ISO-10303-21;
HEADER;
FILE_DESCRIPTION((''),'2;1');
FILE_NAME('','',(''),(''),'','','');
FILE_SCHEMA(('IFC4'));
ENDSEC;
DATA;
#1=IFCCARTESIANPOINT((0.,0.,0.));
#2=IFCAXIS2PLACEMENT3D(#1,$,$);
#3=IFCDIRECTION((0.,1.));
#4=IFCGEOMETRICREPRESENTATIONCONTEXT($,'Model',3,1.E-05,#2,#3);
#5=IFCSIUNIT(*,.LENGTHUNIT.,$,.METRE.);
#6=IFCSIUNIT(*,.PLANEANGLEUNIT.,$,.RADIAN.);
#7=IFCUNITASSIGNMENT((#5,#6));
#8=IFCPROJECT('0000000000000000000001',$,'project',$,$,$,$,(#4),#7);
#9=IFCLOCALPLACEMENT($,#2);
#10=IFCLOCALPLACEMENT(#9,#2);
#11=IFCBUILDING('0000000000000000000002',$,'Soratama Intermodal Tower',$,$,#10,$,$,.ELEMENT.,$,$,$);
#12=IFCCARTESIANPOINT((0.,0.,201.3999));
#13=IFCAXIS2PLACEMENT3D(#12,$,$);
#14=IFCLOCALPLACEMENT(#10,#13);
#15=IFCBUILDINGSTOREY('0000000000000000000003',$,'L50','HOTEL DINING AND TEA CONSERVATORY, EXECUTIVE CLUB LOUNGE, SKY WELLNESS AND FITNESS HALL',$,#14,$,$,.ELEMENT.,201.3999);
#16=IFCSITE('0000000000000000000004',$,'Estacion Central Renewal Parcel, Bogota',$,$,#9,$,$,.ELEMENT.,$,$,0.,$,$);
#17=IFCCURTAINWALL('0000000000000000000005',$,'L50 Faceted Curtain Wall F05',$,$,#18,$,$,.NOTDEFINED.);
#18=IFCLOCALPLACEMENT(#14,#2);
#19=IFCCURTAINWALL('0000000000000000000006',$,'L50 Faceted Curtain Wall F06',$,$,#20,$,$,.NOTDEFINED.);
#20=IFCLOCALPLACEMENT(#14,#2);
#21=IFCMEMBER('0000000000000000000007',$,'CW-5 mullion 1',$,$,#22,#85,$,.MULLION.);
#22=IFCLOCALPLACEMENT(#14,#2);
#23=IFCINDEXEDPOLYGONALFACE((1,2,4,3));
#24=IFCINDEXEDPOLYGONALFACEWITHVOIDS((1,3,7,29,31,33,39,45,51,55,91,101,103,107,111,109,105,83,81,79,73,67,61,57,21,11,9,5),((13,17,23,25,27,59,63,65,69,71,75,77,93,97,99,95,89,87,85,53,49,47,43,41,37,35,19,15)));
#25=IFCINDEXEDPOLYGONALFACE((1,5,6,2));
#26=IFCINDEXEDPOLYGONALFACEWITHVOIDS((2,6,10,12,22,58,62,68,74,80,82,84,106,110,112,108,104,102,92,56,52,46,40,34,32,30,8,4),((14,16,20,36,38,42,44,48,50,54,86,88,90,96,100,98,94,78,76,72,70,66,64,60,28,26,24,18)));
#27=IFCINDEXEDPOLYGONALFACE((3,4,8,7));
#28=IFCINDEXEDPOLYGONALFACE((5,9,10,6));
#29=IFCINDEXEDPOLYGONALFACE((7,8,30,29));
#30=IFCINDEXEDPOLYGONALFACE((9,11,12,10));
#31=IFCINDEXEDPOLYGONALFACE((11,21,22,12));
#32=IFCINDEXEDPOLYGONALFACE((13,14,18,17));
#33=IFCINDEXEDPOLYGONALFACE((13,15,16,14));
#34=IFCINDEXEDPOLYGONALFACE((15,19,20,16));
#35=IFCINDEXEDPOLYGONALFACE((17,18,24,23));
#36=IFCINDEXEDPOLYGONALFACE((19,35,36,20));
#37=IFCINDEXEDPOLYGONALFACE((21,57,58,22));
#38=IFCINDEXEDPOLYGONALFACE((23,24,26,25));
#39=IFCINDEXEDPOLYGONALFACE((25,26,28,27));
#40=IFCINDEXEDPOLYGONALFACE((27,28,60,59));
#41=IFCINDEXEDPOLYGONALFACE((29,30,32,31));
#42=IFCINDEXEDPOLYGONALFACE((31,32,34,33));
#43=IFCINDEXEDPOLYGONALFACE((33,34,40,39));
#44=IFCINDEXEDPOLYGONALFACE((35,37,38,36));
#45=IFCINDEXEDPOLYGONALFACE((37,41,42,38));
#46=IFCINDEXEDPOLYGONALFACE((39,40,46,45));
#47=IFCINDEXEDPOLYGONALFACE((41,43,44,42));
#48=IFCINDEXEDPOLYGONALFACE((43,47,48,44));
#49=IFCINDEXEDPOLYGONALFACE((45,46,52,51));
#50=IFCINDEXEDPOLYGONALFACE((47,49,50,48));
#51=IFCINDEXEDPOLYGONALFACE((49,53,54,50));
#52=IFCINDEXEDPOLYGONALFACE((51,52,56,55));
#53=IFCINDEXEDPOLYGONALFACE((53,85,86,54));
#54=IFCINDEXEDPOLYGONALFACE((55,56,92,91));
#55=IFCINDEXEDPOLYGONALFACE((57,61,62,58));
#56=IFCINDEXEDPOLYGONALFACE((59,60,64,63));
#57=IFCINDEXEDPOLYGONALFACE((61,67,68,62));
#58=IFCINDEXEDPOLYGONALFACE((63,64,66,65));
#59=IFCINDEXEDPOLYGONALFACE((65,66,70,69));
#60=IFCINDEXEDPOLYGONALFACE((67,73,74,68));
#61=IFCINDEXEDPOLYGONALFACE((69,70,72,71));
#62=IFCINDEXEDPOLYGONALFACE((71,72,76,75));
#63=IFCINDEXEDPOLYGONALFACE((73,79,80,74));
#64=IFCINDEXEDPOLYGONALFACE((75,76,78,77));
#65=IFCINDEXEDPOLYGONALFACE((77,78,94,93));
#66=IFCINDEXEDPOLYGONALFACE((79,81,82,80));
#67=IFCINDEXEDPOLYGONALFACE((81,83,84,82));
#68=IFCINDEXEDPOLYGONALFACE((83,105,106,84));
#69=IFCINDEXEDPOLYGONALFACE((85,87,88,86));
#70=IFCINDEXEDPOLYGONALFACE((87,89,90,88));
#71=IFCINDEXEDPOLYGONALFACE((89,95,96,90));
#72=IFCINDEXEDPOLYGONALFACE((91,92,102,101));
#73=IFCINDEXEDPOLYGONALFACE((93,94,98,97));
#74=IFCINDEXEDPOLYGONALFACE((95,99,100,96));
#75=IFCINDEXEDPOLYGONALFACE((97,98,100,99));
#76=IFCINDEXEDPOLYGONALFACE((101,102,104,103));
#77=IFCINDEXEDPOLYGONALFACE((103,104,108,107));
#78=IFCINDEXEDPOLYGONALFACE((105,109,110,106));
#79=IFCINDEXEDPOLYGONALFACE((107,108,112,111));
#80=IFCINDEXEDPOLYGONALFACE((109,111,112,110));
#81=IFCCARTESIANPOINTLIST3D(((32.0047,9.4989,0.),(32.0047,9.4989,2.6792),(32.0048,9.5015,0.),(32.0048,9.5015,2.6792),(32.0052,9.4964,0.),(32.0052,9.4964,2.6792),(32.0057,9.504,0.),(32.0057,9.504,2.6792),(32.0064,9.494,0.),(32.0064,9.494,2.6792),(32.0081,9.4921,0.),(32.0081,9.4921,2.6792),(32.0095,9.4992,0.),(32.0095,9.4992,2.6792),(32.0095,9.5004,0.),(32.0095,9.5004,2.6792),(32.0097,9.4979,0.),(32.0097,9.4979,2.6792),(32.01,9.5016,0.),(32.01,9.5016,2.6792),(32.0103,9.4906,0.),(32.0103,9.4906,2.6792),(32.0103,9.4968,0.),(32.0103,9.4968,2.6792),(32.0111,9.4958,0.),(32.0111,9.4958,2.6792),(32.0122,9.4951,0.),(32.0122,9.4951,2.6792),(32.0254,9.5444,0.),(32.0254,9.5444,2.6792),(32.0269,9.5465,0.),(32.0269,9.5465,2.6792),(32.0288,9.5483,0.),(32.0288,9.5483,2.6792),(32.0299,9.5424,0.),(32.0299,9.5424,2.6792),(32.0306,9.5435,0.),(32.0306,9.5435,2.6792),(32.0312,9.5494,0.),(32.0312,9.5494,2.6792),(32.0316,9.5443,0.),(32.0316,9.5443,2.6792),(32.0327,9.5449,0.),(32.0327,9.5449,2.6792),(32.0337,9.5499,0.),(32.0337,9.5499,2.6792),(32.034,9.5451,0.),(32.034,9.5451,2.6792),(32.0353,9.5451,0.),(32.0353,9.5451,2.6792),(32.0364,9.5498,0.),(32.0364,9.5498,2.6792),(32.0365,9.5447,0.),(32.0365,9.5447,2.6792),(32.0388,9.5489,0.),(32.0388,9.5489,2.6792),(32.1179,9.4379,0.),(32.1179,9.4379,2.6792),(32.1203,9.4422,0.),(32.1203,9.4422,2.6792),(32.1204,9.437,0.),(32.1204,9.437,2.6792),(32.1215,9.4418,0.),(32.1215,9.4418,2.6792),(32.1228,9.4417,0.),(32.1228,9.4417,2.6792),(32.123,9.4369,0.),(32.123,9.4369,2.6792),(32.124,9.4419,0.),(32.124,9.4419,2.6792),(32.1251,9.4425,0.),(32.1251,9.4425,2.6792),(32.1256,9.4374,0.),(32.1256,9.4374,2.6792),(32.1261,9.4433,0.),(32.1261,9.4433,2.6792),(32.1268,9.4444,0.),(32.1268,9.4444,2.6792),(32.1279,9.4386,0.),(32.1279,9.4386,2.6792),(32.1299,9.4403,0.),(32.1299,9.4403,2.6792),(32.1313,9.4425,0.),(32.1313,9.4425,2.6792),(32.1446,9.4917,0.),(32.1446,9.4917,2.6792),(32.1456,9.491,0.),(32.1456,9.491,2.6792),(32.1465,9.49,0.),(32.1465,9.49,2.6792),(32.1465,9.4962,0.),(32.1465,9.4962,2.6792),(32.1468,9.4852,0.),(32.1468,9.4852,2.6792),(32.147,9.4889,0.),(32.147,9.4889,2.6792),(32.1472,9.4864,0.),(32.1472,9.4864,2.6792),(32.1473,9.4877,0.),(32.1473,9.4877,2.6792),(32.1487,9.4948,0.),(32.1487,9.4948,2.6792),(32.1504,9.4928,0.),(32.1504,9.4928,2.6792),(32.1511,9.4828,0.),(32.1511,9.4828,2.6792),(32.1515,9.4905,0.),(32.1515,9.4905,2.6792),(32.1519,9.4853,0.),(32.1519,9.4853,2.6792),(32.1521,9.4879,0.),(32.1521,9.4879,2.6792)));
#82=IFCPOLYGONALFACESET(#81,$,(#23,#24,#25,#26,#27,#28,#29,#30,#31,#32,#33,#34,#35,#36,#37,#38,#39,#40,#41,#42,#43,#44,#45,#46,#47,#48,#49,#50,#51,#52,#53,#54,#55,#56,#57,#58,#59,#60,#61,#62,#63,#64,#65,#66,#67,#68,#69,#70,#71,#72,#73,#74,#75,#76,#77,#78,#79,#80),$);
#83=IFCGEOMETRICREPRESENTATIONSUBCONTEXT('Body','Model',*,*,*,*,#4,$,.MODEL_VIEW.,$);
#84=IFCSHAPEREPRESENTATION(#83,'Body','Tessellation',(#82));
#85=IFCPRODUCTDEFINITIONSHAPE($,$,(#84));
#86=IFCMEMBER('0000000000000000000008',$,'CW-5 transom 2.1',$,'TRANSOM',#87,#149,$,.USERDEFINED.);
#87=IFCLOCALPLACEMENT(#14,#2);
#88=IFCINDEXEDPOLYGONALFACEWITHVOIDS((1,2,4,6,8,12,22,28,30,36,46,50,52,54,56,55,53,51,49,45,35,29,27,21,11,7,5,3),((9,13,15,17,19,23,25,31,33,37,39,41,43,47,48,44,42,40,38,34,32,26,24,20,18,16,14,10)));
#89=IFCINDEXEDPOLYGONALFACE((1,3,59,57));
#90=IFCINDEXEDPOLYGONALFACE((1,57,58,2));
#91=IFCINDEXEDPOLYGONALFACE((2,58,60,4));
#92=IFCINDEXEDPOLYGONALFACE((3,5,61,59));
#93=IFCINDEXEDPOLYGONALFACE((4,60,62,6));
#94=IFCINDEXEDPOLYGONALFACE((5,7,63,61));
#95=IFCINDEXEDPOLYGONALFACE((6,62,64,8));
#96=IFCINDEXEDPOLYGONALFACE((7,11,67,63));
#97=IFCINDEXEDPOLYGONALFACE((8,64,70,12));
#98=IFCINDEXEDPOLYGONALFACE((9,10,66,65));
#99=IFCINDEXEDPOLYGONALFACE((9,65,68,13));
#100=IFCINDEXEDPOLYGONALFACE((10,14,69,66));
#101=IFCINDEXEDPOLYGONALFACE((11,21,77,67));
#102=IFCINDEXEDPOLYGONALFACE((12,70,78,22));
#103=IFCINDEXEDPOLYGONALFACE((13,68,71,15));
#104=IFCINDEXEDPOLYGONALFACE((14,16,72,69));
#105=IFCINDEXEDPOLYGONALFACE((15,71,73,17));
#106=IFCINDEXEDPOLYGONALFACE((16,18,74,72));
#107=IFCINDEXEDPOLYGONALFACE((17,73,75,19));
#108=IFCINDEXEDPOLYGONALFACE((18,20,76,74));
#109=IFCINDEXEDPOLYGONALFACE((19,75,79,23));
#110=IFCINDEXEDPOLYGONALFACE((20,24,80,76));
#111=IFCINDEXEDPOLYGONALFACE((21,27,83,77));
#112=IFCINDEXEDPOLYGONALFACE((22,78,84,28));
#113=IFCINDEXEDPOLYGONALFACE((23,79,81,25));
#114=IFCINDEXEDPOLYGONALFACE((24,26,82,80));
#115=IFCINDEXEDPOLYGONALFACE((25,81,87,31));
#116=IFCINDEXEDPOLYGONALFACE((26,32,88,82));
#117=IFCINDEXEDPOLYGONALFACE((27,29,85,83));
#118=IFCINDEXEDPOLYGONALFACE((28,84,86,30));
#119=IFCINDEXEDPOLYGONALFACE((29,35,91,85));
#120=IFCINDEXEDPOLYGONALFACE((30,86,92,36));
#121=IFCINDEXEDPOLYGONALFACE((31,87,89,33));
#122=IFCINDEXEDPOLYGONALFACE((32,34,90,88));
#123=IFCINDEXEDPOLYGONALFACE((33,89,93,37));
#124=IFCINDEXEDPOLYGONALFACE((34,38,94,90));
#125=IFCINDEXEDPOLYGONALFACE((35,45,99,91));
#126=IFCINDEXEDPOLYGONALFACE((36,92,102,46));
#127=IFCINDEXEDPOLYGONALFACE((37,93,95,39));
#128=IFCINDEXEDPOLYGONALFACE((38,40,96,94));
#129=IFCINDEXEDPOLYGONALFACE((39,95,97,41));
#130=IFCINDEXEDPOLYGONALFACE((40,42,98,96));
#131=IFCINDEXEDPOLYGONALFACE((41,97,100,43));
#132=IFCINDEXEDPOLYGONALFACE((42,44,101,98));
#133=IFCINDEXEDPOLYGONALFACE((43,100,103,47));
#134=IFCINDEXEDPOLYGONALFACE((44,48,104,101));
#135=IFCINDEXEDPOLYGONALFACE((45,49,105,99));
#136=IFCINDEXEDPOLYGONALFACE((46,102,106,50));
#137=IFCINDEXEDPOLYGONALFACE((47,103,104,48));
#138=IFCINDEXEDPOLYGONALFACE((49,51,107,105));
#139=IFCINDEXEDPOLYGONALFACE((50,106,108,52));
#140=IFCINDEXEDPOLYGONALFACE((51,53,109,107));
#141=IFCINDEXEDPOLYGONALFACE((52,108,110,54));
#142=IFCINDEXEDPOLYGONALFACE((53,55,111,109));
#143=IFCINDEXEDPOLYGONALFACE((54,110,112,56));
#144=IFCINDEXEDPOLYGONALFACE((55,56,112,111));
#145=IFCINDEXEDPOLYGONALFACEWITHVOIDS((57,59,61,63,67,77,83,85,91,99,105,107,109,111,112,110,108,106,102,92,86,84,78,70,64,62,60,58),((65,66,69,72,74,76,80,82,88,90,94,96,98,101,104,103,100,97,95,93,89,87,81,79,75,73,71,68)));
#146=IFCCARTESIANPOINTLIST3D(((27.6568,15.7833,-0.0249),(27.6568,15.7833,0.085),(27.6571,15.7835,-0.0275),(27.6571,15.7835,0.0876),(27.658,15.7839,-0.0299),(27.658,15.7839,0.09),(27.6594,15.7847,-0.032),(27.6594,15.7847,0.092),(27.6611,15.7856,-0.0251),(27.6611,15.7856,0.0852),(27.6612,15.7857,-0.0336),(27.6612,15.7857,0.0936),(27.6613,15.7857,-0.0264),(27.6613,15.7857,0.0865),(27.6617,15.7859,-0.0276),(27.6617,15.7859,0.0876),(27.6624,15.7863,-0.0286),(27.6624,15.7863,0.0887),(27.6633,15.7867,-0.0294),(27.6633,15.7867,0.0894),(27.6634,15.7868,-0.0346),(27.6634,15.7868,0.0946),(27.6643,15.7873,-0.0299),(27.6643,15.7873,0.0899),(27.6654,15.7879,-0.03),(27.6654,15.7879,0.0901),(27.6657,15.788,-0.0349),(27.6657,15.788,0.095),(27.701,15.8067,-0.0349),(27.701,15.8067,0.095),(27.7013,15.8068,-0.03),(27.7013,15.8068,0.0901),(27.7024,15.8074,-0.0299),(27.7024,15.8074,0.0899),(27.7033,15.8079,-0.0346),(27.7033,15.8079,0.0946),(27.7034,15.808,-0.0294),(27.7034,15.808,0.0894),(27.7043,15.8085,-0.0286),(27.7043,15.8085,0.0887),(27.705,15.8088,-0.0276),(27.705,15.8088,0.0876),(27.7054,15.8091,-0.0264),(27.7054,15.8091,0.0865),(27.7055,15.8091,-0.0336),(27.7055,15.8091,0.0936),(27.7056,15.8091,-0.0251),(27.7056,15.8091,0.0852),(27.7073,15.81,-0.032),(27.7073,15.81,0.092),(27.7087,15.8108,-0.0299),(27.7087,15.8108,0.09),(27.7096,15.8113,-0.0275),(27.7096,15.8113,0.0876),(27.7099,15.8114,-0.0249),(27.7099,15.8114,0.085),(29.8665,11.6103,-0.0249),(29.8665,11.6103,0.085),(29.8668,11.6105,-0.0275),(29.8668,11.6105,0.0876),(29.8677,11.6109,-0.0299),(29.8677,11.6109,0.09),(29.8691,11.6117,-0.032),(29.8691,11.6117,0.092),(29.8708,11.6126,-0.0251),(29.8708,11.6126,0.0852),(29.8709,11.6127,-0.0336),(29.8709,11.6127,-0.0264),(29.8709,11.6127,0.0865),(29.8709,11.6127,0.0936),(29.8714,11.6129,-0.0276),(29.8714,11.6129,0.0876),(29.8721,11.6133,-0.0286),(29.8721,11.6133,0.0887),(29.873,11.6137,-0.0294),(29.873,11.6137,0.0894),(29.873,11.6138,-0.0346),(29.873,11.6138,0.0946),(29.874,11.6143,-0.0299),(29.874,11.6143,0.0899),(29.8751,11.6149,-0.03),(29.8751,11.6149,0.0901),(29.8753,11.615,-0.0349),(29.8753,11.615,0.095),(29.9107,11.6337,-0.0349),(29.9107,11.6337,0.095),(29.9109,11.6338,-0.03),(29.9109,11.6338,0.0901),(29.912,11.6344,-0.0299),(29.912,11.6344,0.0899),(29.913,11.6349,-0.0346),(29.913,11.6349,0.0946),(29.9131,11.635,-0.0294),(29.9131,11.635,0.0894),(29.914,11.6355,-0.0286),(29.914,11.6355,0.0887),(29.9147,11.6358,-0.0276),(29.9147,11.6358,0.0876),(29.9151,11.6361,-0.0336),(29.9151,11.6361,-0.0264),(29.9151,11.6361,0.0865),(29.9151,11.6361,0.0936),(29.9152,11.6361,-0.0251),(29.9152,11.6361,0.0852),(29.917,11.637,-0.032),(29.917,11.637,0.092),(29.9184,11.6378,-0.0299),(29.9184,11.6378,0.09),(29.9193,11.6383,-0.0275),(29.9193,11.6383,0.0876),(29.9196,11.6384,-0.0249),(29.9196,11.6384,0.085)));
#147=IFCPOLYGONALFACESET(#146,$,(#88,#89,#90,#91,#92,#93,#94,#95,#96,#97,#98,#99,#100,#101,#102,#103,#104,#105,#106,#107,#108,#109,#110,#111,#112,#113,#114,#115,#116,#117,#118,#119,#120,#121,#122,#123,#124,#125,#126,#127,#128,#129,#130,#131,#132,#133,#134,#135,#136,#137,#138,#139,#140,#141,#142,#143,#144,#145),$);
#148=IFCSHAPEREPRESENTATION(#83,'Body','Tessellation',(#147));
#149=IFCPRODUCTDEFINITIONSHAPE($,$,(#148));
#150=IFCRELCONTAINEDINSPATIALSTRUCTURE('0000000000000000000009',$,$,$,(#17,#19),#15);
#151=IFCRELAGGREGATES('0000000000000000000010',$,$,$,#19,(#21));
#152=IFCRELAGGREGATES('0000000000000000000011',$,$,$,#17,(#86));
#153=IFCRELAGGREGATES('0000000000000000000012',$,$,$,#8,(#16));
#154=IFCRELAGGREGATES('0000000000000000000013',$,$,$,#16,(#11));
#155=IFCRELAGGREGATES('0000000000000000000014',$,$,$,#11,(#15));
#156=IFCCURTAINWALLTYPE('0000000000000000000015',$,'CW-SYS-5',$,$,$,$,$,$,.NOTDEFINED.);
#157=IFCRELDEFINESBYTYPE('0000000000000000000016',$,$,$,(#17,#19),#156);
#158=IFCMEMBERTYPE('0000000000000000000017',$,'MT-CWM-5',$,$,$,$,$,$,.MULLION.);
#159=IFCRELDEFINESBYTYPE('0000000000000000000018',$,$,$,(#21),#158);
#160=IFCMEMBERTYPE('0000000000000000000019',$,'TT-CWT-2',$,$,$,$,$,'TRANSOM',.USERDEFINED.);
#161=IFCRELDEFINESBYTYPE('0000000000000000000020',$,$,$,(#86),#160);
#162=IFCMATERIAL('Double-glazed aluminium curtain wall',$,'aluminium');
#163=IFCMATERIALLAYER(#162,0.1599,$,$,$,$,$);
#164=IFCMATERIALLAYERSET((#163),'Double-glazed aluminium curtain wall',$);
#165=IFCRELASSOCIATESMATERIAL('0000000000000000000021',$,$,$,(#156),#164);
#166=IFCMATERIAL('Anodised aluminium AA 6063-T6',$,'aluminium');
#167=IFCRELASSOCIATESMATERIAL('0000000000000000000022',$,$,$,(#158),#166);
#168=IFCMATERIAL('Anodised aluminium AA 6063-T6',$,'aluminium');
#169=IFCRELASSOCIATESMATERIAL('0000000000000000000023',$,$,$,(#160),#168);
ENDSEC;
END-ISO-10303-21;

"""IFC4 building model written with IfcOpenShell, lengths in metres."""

from ifc_helpers import new_model, si_unit, direction, frame, origin, origin_2d, place, context, subcontext, project, spatial, hollow_rectangle, extrude, material, layer, layer_set, material_profile, profile_set, type_object, element, aggregate, save


model = new_model("IFC4")

# Units and contexts
model_context = context("Model", 3, precision=1e-05, world=origin(), true_north=direction((0.0, 1.0)))
body_context = subcontext(model_context, "Body", "Model", "MODEL_VIEW")
ifc_project = project(units=[si_unit("LENGTHUNIT", "METRE"), si_unit("PLANEANGLEUNIT", "RADIAN")], contexts=[model_context])

# Site, building, storey
site_placement = place(None, origin())
site = spatial("IfcSite", under=ifc_project, at=site_placement, Name="Estacion Central Renewal Parcel, Bogota", CompositionType="ELEMENT", RefElevation=0.0)
building_placement = place(site_placement, origin())
building = spatial("IfcBuilding", under=site, at=building_placement, Name="Soratama Intermodal Tower", CompositionType="ELEMENT")
storey_placement = place(building_placement, frame((0.0, 0.0, 201.3999)))
storey = spatial("IfcBuildingStorey", under=building, at=storey_placement, Name="L50", Description="HOTEL DINING AND TEA CONSERVATORY, EXECUTIVE CLUB LOUNGE, SKY WELLNESS AND FITNESS HALL", CompositionType="ELEMENT", Elevation=201.3999)

# Curtain wall
ifc_material_1 = material(Name="Double-glazed aluminium curtain wall", Category="aluminium")
ifc_layer_1 = layer(ifc_material_1, 0.1599)
ifc_layer_set_1 = layer_set([ifc_layer_1], Name="Double-glazed aluminium curtain wall")
curtain_wall_type = type_object("IfcCurtainWallType", Name="CW-SYS-5", PredefinedType="NOTDEFINED", material=ifc_layer_set_1)
curtain_wall_1_placement = place(storey_placement, origin())
curtain_wall_1 = element("IfcCurtainWall", 1, at=curtain_wall_1_placement, inside=storey, type_object=curtain_wall_type, Name="L50 Faceted Curtain Wall F05", PredefinedType="NOTDEFINED")
ifc_material_2 = material(Name="Anodised aluminium AA 6063-T6", Category="aluminium")
ifc_material_profile_1 = material_profile(ifc_material_2, hollow_rectangle(XDim=0.0649, YDim=0.1399, WallThickness=0.0049, InnerFilletRadius=0.0049, OuterFilletRadius=0.01, at=origin_2d()), Name="CWM140X65X5")
ifc_profile_set_1 = profile_set([ifc_material_profile_1], Name="Anodised aluminium AA 6063-T6")
member_type_1 = type_object("IfcMemberType", Name="MT-CWM-5", PredefinedType="MULLION", material=ifc_profile_set_1)

# Curtain wall, member
curtain_wall_2_placement = place(storey_placement, origin())
curtain_wall_2 = element("IfcCurtainWall", 2, at=curtain_wall_2_placement, inside=storey, type_object=curtain_wall_type, Name="L50 Faceted Curtain Wall F06", PredefinedType="NOTDEFINED")
member_1_placement = place(storey_placement, frame((32.0784, 9.4934, 0.0), z_axis=(0.0, 0.0, 1.0), x_axis=(0.439938, 0.898028, 0.0)))
member_1 = element("IfcMember", 3, at=member_1_placement, type_object=member_type_1, Name="CW-5 mullion 1", PredefinedType="MULLION", context=body_context, shape_type="SweptSolid", body=[
    extrude(hollow_rectangle(XDim=0.0649, YDim=0.1399, WallThickness=0.0049, InnerFilletRadius=0.0049, OuterFilletRadius=0.01, at=origin_2d()), origin(), (0.0, 0.0, 1.0), 2.6792),
])

# Member
ifc_material_3 = material(Name="Anodised aluminium AA 6063-T6", Category="aluminium")
ifc_material_profile_2 = material_profile(ifc_material_3, hollow_rectangle(XDim=0.0601, YDim=0.1299, WallThickness=0.0049, InnerFilletRadius=0.0049, OuterFilletRadius=0.01, at=origin_2d()), Name="CWT130X60X5")
ifc_profile_set_2 = profile_set([ifc_material_profile_2], Name="Anodised aluminium AA 6063-T6")
member_type_2 = type_object("IfcMemberType", Name="TT-CWT-2", ElementType="TRANSOM", PredefinedType="USERDEFINED", material=ifc_profile_set_2)
member_2_placement = place(storey_placement, frame((27.6833, 15.7974, 0.03), z_axis=(0.467959, -0.88375, 0.0), x_axis=(0.88375, 0.467959, 0.0)))
member_2 = element("IfcMember", 4, at=member_2_placement, type_object=member_type_2, Name="CW-5 transom 2.1", ObjectType="TRANSOM", PredefinedType="USERDEFINED", context=body_context, shape_type="SweptSolid", body=[
    extrude(hollow_rectangle(XDim=0.0601, YDim=0.1299, WallThickness=0.0049, InnerFilletRadius=0.0049, OuterFilletRadius=0.01, at=origin_2d()), origin(), (0.0, 0.0, 1.0), 4.7219),
])
aggregate(curtain_wall_2, [member_1])

aggregate(curtain_wall_1, [member_2])

save(model, "model.ifc")
